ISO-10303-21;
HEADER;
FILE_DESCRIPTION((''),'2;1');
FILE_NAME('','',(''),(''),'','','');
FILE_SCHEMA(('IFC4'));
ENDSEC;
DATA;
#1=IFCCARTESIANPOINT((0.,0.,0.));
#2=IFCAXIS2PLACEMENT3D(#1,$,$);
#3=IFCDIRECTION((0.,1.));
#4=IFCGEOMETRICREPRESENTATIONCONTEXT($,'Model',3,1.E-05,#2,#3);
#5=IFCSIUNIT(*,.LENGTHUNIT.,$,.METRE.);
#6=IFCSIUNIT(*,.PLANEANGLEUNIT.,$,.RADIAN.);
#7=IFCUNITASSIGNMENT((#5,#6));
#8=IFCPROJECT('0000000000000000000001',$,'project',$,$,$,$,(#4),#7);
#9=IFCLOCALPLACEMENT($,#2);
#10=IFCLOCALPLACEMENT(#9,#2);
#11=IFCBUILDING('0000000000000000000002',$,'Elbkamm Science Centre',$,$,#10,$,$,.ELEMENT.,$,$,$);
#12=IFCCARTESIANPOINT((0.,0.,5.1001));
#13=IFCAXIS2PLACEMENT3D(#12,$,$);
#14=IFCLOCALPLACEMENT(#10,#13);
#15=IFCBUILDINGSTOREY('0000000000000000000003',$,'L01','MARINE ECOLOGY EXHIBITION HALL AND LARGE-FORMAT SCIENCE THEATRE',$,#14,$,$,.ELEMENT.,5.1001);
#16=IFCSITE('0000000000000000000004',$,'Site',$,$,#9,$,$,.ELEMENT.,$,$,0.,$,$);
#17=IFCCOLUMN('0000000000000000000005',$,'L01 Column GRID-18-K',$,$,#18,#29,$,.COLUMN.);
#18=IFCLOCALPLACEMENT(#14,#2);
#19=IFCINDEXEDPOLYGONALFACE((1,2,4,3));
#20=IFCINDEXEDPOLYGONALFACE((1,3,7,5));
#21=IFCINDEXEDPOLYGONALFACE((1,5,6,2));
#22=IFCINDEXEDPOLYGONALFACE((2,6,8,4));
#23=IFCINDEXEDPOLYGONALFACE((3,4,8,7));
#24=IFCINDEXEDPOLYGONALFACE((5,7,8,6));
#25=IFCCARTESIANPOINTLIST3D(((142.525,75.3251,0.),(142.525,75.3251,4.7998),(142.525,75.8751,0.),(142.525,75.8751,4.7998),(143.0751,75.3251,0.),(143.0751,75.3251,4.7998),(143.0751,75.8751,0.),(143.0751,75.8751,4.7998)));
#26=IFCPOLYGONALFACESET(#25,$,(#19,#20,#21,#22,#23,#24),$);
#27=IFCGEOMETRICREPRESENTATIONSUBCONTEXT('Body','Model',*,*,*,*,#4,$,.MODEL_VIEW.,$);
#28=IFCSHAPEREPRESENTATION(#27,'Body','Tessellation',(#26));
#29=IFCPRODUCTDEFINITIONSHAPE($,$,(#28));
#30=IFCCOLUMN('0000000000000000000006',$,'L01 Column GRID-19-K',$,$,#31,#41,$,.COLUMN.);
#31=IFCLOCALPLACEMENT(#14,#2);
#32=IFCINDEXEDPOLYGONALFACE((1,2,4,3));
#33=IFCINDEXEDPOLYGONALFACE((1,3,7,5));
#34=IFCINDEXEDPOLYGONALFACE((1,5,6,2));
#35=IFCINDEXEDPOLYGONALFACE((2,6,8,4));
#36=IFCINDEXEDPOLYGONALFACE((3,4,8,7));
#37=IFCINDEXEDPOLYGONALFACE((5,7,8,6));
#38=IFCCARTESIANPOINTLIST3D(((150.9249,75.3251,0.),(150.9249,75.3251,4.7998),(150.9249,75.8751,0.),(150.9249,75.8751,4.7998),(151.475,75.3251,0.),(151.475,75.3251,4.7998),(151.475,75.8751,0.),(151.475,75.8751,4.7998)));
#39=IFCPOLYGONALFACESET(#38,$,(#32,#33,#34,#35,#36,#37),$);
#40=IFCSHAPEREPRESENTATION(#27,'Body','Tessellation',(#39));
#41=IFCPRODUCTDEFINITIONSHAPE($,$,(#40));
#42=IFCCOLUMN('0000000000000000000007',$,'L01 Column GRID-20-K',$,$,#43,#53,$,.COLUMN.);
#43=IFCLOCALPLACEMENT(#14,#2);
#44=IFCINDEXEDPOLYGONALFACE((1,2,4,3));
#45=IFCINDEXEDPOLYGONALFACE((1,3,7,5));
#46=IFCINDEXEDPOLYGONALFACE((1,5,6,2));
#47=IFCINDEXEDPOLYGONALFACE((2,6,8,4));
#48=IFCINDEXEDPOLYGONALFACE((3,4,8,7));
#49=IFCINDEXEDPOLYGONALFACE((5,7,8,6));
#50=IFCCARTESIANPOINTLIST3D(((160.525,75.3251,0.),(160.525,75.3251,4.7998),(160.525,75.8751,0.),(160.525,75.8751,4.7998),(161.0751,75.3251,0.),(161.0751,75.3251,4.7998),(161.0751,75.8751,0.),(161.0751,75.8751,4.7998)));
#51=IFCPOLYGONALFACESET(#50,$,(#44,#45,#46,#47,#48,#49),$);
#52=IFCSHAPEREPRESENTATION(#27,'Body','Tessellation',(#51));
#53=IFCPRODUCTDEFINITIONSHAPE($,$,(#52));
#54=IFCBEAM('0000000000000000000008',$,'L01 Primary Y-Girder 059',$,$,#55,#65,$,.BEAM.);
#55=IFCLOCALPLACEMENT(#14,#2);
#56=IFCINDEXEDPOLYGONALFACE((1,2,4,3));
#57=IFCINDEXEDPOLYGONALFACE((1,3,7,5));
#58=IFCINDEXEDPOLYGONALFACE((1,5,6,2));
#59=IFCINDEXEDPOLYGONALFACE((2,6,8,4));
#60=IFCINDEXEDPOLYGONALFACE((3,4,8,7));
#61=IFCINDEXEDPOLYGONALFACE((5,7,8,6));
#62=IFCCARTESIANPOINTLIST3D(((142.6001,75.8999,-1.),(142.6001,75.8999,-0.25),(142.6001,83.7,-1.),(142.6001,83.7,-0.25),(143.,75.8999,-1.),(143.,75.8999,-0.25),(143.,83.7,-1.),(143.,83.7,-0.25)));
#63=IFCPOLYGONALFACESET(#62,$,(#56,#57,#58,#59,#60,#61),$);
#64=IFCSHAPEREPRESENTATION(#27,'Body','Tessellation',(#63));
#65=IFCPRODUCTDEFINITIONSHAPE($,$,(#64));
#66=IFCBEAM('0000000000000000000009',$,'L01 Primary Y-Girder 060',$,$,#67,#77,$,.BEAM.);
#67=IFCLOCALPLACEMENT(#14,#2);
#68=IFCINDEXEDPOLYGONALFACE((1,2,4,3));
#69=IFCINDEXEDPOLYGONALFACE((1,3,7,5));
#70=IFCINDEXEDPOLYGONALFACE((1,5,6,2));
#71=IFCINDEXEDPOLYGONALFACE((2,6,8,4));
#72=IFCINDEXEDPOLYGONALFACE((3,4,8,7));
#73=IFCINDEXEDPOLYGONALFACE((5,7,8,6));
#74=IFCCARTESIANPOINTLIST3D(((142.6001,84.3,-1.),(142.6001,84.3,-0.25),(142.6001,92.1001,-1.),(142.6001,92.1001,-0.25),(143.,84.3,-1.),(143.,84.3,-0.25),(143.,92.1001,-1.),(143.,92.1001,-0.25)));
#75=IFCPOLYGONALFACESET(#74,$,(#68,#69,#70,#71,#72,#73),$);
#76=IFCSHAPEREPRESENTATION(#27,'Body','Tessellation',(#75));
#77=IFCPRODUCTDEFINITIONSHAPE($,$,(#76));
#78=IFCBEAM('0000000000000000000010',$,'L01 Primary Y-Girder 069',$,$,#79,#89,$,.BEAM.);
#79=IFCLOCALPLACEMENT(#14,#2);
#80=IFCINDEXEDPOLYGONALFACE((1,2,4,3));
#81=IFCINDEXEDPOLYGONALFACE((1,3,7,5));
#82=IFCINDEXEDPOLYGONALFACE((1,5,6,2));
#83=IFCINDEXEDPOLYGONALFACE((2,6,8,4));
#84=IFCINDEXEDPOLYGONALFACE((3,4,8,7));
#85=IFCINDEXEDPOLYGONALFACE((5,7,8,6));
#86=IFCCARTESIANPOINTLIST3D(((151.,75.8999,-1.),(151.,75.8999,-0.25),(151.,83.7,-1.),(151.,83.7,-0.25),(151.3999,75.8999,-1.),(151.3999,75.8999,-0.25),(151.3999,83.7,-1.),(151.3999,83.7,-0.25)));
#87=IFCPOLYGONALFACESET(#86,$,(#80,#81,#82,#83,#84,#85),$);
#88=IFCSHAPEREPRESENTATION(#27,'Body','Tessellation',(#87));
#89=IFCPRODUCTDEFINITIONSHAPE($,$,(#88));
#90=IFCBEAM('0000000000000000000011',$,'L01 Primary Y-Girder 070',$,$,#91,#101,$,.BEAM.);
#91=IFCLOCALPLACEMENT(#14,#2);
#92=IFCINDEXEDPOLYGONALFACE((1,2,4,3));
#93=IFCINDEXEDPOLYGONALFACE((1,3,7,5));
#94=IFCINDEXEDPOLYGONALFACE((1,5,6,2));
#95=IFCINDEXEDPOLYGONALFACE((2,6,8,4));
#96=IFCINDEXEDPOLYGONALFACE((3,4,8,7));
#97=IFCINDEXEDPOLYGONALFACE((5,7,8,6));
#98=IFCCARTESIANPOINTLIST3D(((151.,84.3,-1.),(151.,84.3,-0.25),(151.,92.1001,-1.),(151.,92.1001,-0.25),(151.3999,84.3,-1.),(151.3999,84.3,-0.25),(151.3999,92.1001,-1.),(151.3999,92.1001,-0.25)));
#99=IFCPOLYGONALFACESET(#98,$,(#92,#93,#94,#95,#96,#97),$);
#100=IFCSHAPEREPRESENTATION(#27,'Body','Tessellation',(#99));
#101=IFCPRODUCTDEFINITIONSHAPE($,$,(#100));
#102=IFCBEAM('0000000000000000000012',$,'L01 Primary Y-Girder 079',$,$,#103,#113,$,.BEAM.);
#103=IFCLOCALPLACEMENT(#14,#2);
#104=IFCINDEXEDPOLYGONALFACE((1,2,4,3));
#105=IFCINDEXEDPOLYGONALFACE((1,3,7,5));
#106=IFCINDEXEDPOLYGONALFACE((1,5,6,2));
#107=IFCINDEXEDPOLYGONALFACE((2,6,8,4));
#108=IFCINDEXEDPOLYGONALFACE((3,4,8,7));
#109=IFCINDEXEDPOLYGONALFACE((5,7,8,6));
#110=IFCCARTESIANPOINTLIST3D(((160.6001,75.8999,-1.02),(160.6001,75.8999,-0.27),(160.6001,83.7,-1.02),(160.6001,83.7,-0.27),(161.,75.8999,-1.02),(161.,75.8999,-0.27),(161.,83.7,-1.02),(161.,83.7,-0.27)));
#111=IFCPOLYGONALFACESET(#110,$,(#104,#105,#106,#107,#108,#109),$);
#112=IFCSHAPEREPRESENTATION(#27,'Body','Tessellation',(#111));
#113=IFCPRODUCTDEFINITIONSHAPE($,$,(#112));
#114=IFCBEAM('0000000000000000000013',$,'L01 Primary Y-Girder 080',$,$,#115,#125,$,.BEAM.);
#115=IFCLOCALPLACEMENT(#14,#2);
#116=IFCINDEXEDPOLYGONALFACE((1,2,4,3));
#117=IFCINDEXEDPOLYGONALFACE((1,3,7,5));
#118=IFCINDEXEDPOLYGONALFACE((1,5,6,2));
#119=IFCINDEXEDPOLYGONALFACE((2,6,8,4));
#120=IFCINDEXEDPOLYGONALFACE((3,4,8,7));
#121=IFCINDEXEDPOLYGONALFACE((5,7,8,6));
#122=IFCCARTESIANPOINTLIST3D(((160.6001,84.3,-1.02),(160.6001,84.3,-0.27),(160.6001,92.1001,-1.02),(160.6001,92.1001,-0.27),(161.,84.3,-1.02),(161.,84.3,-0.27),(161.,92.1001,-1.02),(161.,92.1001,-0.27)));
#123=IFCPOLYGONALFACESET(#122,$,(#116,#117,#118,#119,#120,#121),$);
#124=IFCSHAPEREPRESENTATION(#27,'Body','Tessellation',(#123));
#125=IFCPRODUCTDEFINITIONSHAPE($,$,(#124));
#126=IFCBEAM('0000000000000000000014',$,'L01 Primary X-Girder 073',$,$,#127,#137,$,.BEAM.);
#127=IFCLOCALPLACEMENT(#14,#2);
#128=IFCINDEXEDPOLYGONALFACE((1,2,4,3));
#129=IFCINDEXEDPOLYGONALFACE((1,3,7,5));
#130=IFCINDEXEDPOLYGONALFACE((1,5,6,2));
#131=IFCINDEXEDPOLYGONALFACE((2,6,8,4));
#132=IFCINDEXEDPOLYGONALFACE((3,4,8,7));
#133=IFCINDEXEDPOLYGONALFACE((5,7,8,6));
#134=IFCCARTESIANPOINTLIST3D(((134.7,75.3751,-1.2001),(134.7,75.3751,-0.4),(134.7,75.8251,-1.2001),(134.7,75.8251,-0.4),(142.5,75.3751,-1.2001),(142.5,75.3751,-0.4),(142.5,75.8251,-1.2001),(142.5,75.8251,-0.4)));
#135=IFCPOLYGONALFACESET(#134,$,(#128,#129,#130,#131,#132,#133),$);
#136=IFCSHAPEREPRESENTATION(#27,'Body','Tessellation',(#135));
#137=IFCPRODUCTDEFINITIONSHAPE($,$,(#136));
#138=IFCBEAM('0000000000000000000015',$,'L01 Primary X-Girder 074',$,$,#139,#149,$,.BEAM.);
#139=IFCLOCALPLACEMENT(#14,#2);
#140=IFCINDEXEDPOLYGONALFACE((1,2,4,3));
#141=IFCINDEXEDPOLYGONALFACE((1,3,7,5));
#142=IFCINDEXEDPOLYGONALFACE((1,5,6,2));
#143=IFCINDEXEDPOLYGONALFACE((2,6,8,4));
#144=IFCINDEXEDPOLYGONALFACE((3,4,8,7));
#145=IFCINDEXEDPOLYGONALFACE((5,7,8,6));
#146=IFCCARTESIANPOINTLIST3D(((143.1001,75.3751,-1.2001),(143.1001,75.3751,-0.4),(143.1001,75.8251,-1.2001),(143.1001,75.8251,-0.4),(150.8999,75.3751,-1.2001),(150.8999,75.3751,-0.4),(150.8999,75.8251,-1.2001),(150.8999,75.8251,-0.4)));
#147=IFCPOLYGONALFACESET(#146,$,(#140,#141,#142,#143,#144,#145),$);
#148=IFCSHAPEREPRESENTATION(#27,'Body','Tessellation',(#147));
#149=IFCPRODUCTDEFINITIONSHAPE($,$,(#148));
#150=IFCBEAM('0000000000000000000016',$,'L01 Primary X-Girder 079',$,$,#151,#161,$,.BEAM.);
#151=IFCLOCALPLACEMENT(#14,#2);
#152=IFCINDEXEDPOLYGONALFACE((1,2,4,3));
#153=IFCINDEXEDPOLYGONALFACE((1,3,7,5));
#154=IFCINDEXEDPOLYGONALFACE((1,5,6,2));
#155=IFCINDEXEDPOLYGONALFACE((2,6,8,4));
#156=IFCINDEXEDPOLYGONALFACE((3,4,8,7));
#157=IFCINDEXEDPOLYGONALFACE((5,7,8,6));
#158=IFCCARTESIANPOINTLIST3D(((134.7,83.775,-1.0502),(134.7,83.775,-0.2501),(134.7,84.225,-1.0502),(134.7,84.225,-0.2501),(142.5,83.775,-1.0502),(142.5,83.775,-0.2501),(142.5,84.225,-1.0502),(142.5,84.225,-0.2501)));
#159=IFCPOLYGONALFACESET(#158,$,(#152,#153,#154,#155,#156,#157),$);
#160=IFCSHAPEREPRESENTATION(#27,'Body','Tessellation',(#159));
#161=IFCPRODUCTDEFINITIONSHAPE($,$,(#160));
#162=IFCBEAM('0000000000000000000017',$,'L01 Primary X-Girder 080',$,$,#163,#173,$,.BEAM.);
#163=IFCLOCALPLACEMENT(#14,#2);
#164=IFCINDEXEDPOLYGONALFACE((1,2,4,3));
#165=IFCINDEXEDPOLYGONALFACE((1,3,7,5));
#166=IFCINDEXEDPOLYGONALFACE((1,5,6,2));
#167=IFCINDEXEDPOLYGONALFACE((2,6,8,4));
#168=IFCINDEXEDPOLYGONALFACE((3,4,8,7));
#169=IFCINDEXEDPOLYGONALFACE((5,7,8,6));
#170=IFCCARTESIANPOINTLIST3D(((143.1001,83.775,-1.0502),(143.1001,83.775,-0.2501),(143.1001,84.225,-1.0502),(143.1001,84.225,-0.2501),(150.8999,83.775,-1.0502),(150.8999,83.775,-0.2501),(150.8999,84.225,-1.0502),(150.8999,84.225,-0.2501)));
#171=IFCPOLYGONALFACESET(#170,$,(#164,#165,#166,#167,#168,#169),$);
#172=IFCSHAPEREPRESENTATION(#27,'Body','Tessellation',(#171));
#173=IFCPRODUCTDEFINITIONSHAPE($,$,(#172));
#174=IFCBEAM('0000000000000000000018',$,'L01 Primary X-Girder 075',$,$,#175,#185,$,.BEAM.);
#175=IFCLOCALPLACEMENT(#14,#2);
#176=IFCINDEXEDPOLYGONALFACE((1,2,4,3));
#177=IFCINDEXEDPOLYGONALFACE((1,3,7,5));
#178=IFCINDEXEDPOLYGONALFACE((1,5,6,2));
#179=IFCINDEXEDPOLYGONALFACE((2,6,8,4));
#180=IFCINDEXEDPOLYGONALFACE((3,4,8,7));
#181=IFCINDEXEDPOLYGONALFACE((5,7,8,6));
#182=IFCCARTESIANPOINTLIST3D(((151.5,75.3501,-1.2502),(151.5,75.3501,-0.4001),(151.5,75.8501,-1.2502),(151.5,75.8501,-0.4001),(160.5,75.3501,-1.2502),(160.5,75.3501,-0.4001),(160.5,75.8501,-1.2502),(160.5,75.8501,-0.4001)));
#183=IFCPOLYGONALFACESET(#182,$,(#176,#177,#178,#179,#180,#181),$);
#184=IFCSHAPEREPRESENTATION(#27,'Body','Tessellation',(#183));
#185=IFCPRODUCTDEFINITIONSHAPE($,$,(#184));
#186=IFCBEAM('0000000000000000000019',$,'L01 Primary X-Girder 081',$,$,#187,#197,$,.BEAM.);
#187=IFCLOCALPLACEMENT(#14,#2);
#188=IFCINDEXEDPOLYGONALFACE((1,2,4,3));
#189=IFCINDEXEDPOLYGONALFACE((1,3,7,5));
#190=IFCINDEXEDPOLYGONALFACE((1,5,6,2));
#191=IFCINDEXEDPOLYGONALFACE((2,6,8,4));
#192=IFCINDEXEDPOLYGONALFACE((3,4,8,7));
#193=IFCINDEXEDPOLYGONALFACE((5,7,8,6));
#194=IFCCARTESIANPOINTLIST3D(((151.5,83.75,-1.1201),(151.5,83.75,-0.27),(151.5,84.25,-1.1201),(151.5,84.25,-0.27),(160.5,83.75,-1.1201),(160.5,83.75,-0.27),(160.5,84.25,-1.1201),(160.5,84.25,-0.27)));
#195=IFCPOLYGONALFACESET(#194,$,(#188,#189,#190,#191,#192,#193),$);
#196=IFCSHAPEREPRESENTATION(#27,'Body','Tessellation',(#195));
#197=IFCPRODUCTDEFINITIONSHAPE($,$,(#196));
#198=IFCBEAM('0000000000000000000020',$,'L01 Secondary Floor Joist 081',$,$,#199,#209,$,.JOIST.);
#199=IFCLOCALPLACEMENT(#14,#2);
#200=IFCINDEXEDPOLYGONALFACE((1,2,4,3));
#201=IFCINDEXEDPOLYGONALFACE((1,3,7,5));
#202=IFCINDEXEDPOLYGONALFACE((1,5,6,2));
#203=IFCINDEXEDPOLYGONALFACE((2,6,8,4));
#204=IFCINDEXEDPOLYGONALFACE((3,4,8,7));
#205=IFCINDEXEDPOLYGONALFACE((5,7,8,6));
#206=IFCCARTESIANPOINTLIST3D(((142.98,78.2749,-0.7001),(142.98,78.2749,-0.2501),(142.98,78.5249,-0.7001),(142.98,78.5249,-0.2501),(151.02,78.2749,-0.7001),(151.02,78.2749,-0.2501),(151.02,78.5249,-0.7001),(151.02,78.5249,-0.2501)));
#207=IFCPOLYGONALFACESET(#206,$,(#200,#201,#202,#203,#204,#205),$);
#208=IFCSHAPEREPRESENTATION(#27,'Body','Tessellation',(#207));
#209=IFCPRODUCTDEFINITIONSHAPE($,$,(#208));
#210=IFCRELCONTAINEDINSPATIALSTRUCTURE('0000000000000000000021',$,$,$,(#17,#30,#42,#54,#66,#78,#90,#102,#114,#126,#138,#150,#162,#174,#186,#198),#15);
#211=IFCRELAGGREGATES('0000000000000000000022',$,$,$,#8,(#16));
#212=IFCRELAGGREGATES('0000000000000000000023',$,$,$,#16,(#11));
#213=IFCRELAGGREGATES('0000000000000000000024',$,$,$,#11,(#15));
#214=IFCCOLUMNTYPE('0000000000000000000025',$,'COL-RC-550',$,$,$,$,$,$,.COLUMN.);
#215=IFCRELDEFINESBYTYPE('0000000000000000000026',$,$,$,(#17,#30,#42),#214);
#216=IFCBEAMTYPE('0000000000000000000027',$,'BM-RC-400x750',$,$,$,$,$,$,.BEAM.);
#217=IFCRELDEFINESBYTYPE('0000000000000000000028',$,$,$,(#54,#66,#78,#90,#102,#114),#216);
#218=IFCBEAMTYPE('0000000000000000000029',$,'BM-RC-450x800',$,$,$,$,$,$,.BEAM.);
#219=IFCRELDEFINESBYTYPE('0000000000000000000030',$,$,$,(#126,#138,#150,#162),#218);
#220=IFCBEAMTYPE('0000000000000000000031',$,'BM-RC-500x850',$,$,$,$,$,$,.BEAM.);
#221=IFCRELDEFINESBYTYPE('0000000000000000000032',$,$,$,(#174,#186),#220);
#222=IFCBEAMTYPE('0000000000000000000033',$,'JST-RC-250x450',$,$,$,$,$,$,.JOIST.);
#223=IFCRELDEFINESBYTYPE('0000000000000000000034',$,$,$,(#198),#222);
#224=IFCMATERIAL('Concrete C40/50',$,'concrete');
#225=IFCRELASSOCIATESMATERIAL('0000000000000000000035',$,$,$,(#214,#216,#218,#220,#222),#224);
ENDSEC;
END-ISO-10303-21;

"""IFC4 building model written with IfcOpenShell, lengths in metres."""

from ifc_helpers import new_model, si_unit, direction, frame, origin, origin_2d, place, context, subcontext, project, spatial, rectangle, extrude, material, material_profile, profile_set, type_object, element, save


model = new_model("IFC4")

# Units and contexts
model_context = context("Model", 3, precision=1e-05, world=origin(), true_north=direction((0.0, 1.0)))
body_context = subcontext(model_context, "Body", "Model", "MODEL_VIEW")
ifc_project = project(units=[si_unit("LENGTHUNIT", "METRE"), si_unit("PLANEANGLEUNIT", "RADIAN")], contexts=[model_context])

# Site, building, storey
site_placement = place(None, origin())
site = spatial("IfcSite", under=ifc_project, at=site_placement, Name="Site", CompositionType="ELEMENT", RefElevation=0.0)
building_placement = place(site_placement, origin())
building = spatial("IfcBuilding", under=site, at=building_placement, Name="Elbkamm Science Centre", CompositionType="ELEMENT")
storey_placement = place(building_placement, frame((0.0, 0.0, 5.1001)))
storey = spatial("IfcBuildingStorey", under=building, at=storey_placement, Name="L01", Description="MARINE ECOLOGY EXHIBITION HALL AND LARGE-FORMAT SCIENCE THEATRE", CompositionType="ELEMENT", Elevation=5.1001)

# Columns
ifc_material_1 = material(Name="Concrete C40/50", Category="concrete")
ifc_material_profile_1 = material_profile(ifc_material_1, rectangle(XDim=0.55, YDim=0.55, at=origin_2d()), Name="RC 550x550")
ifc_profile_set_1 = profile_set([ifc_material_profile_1], Name="Concrete C40/50")
column_type = type_object("IfcColumnType", Name="COL-RC-550", PredefinedType="COLUMN", material=ifc_profile_set_1)
for number, where, z_axis, x_axis, name in (
    (1, (142.8, 75.6001, 0.0), (0.0, 0.0, 1.0), (1.0, 0.0, 0.0), "L01 Column GRID-18-K"),
    (2, (151.2, 75.6001, 0.0), (0.0, 0.0, 1.0), (1.0, 0.0, 0.0), "L01 Column GRID-19-K"),
    (3, (160.8, 75.6001, 0.0), (0.0, 0.0, 1.0), (1.0, 0.0, 0.0), "L01 Column GRID-20-K"),
):
    element("IfcColumn", number, at=place(storey_placement, frame(where, z_axis=z_axis, x_axis=x_axis)), inside=storey, type_object=column_type, Name=name, PredefinedType="COLUMN", context=body_context, shape_type="SweptSolid", body=[
        extrude(rectangle(XDim=0.55, YDim=0.55, at=origin_2d()), origin(), (0.0, 0.0, 1.0), 4.7998),
    ])

# Beams
ifc_material_profile_2 = material_profile(ifc_material_1, rectangle(XDim=0.3999, YDim=0.75, at=origin_2d()), Name="RC 400x750")
ifc_profile_set_2 = profile_set([ifc_material_profile_2], Name="Concrete C40/50")
beam_type_1 = type_object("IfcBeamType", Name="BM-RC-400x750", PredefinedType="BEAM", material=ifc_profile_set_2)
for number, where, z_axis, x_axis, name in (
    (4, (142.8, 75.8999, -0.625), (0.0, 1.0, 0.0), (-1.0, 0.0, 0.0), "L01 Primary Y-Girder 059"),
    (5, (142.8, 84.3, -0.625), (0.0, 1.0, 0.0), (-1.0, 0.0, 0.0), "L01 Primary Y-Girder 060"),
    (6, (151.2, 75.8999, -0.625), (0.0, 1.0, 0.0), (-1.0, 0.0, 0.0), "L01 Primary Y-Girder 069"),
    (7, (151.2, 84.3, -0.625), (0.0, 1.0, 0.0), (-1.0, 0.0, 0.0), "L01 Primary Y-Girder 070"),
    (8, (160.8, 75.8999, -0.645), (0.0, 1.0, 0.0), (-1.0, 0.0, 0.0), "L01 Primary Y-Girder 079"),
    (9, (160.8, 84.3, -0.645), (0.0, 1.0, 0.0), (-1.0, 0.0, 0.0), "L01 Primary Y-Girder 080"),
):
    element("IfcBeam", number, at=place(storey_placement, frame(where, z_axis=z_axis, x_axis=x_axis)), inside=storey, type_object=beam_type_1, Name=name, PredefinedType="BEAM", context=body_context, shape_type="SweptSolid", body=[
        extrude(rectangle(XDim=0.3999, YDim=0.75, at=origin_2d()), origin(), (0.0, 0.0, 1.0), 7.8),
    ])
ifc_material_profile_3 = material_profile(ifc_material_1, rectangle(XDim=0.45, YDim=0.8, at=origin_2d()), Name="RC 450x800")
ifc_profile_set_3 = profile_set([ifc_material_profile_3], Name="Concrete C40/50")
beam_type_2 = type_object("IfcBeamType", Name="BM-RC-450x800", PredefinedType="BEAM", material=ifc_profile_set_3)
beam_1_placement = place(storey_placement, frame((134.7, 75.6001, -0.8), z_axis=(1.0, 0.0, 0.0), x_axis=(0.0, 1.0, 0.0)))
element("IfcBeam", 10, at=beam_1_placement, inside=storey, type_object=beam_type_2, Name="L01 Primary X-Girder 073", PredefinedType="BEAM", context=body_context, shape_type="SweptSolid", body=[
    extrude(rectangle(XDim=0.45, YDim=0.8, at=origin_2d()), origin(), (0.0, 0.0, 1.0), 7.8),
])
beam_2_placement = place(storey_placement, frame((143.1001, 75.6001, -0.8), z_axis=(1.0, 0.0, 0.0), x_axis=(0.0, 1.0, 0.0)))
element("IfcBeam", 11, at=beam_2_placement, inside=storey, type_object=beam_type_2, Name="L01 Primary X-Girder 074", PredefinedType="BEAM", context=body_context, shape_type="SweptSolid", body=[
    extrude(rectangle(XDim=0.45, YDim=0.8, at=origin_2d()), origin(), (0.0, 0.0, 1.0), 7.7998),
])
beam_3_placement = place(storey_placement, frame((134.7, 84.0, -0.6501), z_axis=(1.0, 0.0, 0.0), x_axis=(0.0, 1.0, 0.0)))
element("IfcBeam", 12, at=beam_3_placement, inside=storey, type_object=beam_type_2, Name="L01 Primary X-Girder 079", PredefinedType="BEAM", context=body_context, shape_type="SweptSolid", body=[
    extrude(rectangle(XDim=0.45, YDim=0.8, at=origin_2d()), origin(), (0.0, 0.0, 1.0), 7.8),
])
beam_4_placement = place(storey_placement, frame((143.1001, 84.0, -0.6501), z_axis=(1.0, 0.0, 0.0), x_axis=(0.0, 1.0, 0.0)))
element("IfcBeam", 13, at=beam_4_placement, inside=storey, type_object=beam_type_2, Name="L01 Primary X-Girder 080", PredefinedType="BEAM", context=body_context, shape_type="SweptSolid", body=[
    extrude(rectangle(XDim=0.45, YDim=0.8, at=origin_2d()), origin(), (0.0, 0.0, 1.0), 7.7998),
])
ifc_material_profile_4 = material_profile(ifc_material_1, rectangle(XDim=0.5, YDim=0.8501, at=origin_2d()), Name="RC 500x850")
ifc_profile_set_4 = profile_set([ifc_material_profile_4], Name="Concrete C40/50")
beam_type_3 = type_object("IfcBeamType", Name="BM-RC-500x850", PredefinedType="BEAM", material=ifc_profile_set_4)
for number, where, z_axis, x_axis, name in (
    (14, (151.5, 75.6001, -0.8252), (1.0, 0.0, 0.0), (0.0, 1.0, 0.0), "L01 Primary X-Girder 075"),
    (15, (151.5, 84.0, -0.6951), (1.0, 0.0, 0.0), (0.0, 1.0, 0.0), "L01 Primary X-Girder 081"),
):
    element("IfcBeam", number, at=place(storey_placement, frame(where, z_axis=z_axis, x_axis=x_axis)), inside=storey, type_object=beam_type_3, Name=name, PredefinedType="BEAM", context=body_context, shape_type="SweptSolid", body=[
        extrude(rectangle(XDim=0.5, YDim=0.8501, at=origin_2d()), origin(), (0.0, 0.0, 1.0), 9.0),
    ])
ifc_material_profile_5 = material_profile(ifc_material_1, rectangle(XDim=0.25, YDim=0.45, at=origin_2d()), Name="RC 250x450")
ifc_profile_set_5 = profile_set([ifc_material_profile_5], Name="Concrete C40/50")
beam_type_4 = type_object("IfcBeamType", Name="JST-RC-250x450", PredefinedType="JOIST", material=ifc_profile_set_5)
for number, where, z_axis, x_axis, name in (
    (16, (142.98, 78.3999, -0.4751), (1.0, 0.0, 0.0), (0.0, 1.0, 0.0), "L01 Secondary Floor Joist 081"),
):
    element("IfcBeam", number, at=place(storey_placement, frame(where, z_axis=z_axis, x_axis=x_axis)), inside=storey, type_object=beam_type_4, Name=name, PredefinedType="JOIST", context=body_context, shape_type="SweptSolid", body=[
        extrude(rectangle(XDim=0.25, YDim=0.45, at=origin_2d()), origin(), (0.0, 0.0, 1.0), 8.04),
    ])

save(model, "model.ifc")
